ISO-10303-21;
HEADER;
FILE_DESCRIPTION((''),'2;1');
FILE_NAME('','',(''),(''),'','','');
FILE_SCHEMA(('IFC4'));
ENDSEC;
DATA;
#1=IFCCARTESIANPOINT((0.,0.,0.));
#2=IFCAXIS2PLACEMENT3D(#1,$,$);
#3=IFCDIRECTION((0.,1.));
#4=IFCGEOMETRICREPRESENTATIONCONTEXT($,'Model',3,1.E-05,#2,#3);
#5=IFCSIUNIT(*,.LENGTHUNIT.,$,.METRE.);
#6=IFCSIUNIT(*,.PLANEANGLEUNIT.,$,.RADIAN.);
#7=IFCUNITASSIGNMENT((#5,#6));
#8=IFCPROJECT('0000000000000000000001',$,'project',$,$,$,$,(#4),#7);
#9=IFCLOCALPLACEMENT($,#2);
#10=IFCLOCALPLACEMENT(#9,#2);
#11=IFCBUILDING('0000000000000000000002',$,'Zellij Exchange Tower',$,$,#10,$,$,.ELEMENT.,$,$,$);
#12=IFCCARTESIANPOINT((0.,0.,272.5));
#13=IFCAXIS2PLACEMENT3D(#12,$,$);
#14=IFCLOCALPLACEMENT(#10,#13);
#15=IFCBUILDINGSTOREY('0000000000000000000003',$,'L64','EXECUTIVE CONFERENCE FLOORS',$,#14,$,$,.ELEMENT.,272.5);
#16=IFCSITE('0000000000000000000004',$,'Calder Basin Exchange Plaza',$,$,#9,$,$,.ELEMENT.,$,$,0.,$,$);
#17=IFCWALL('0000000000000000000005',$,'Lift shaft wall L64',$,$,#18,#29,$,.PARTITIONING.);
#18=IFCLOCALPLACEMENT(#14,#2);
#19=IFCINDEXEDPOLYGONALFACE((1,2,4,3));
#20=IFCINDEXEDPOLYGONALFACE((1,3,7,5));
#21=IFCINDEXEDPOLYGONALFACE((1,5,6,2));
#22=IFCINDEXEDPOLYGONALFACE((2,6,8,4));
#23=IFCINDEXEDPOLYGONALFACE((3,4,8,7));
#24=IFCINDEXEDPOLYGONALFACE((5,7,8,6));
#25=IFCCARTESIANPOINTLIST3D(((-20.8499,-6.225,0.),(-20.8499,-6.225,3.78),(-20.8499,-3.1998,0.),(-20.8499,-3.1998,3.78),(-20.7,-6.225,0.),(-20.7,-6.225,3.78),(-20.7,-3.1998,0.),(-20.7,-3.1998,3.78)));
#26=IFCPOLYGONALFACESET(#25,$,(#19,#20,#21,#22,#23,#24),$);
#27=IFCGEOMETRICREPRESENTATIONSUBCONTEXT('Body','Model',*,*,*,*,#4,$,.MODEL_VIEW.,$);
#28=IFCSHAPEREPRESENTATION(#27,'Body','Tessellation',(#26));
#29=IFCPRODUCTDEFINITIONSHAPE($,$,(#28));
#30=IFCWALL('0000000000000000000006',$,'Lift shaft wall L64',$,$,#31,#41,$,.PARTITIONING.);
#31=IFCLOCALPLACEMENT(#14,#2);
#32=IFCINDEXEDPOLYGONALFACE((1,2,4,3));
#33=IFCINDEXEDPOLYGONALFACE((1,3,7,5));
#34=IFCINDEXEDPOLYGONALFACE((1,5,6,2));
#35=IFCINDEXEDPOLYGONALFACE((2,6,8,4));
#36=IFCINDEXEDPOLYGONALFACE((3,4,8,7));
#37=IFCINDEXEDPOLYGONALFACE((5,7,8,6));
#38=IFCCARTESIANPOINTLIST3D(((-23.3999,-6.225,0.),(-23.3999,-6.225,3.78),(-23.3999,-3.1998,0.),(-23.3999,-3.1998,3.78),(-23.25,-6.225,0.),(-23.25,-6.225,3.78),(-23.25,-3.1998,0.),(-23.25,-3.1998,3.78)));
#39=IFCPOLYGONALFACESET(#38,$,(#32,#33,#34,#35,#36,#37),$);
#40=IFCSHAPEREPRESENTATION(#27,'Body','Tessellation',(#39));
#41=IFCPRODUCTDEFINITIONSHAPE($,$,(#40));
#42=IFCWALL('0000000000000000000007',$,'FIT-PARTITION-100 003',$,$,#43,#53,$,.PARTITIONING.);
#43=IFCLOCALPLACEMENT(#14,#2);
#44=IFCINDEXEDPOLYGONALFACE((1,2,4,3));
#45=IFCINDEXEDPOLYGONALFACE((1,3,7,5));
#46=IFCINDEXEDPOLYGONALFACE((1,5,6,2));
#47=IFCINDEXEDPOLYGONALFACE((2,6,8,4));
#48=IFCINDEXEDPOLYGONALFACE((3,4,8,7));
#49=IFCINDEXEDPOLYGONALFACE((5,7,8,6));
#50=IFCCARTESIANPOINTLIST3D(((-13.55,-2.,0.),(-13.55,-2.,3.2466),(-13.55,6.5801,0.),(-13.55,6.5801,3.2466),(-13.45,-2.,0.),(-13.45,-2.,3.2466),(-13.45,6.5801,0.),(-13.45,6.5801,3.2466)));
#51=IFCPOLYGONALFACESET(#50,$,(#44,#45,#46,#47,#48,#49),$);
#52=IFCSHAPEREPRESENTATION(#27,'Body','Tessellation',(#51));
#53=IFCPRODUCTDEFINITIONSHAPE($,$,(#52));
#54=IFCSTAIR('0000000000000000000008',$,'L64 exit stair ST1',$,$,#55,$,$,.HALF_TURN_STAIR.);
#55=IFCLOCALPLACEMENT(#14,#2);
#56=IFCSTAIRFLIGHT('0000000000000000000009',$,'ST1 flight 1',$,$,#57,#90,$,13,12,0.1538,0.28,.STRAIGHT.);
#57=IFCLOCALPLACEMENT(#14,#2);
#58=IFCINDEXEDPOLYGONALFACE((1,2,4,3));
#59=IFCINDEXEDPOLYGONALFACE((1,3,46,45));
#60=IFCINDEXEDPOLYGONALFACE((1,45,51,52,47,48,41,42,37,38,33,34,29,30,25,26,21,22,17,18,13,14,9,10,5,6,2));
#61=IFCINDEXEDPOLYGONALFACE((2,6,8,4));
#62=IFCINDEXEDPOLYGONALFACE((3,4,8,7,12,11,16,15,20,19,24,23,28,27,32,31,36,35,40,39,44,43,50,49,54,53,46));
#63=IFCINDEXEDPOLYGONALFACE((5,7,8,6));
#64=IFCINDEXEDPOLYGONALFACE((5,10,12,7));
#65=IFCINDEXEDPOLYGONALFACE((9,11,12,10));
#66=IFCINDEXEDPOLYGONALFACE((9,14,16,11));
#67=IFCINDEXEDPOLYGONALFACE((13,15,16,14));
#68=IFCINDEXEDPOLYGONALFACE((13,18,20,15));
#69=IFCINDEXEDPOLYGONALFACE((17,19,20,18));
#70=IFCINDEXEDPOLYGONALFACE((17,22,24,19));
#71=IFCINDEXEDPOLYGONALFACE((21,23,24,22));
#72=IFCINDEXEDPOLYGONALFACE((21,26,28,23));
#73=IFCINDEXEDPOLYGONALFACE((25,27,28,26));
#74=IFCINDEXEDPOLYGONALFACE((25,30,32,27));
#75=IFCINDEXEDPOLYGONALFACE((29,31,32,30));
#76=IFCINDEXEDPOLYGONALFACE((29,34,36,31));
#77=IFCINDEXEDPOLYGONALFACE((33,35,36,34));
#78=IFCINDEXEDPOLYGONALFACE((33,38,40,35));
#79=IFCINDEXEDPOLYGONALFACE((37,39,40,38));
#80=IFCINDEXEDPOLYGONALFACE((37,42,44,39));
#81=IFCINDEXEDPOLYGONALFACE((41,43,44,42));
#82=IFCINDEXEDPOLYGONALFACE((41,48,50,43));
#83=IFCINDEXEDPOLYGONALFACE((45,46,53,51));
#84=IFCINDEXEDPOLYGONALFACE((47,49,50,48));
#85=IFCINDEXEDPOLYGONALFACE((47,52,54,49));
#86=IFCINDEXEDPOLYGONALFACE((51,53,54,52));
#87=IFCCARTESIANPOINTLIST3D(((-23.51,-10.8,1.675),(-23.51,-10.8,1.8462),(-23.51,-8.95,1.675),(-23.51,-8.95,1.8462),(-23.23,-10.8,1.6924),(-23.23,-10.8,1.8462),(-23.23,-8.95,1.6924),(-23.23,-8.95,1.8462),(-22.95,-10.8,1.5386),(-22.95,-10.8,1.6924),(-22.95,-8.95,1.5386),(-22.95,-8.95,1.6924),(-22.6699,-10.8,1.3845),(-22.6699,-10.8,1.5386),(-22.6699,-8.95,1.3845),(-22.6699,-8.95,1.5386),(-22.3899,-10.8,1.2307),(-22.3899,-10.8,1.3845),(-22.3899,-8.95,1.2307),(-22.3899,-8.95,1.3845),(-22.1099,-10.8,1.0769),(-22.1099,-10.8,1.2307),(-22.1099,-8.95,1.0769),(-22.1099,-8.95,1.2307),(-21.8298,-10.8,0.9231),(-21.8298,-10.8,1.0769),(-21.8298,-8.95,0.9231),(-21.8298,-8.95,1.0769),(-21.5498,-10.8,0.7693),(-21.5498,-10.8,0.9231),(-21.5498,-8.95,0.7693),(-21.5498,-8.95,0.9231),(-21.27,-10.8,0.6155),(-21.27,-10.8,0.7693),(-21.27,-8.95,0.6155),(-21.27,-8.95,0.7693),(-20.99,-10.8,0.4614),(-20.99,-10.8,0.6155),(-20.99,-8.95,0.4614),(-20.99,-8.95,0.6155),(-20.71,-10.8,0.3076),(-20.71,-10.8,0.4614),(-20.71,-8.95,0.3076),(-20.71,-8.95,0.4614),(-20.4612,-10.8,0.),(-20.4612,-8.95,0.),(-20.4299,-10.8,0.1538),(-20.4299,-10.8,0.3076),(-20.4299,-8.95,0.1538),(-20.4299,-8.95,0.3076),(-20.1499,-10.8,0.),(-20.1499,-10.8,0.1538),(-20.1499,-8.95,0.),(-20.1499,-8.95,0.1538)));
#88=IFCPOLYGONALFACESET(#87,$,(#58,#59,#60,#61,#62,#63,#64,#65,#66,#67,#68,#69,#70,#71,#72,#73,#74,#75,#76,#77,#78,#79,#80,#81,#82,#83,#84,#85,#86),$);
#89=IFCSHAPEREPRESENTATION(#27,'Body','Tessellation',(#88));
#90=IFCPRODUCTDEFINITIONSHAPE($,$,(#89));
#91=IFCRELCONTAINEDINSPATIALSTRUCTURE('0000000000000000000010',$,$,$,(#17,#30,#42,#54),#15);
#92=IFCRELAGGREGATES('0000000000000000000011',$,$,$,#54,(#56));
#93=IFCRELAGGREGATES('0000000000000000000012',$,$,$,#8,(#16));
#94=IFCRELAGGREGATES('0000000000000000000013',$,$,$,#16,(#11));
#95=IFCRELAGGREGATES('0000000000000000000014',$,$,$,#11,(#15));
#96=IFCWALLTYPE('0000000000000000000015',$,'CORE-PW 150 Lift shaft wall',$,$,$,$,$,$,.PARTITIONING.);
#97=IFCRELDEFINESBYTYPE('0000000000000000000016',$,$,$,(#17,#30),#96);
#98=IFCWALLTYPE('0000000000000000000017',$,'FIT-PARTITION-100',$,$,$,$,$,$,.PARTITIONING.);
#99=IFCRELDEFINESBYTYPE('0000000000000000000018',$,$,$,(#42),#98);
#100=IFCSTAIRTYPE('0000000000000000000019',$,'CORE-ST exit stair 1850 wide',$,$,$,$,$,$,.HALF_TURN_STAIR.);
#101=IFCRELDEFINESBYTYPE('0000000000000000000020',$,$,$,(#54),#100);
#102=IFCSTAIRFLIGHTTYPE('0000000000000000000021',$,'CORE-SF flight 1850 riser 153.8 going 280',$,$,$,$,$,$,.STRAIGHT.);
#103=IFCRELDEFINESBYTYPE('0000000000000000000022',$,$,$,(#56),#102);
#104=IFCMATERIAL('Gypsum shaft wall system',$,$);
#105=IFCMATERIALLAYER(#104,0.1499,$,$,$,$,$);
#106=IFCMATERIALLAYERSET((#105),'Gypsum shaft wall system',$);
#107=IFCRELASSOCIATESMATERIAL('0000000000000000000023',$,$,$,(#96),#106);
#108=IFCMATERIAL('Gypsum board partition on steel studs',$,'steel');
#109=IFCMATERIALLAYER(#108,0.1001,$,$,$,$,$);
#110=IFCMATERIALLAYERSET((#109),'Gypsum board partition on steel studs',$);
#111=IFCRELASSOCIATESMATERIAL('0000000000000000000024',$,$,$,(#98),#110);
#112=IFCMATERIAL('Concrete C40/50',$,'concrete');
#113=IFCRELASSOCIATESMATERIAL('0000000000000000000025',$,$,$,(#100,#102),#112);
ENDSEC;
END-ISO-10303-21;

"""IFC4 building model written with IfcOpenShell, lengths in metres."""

from ifc_helpers import new_model, si_unit, direction, frame, frame_2d, origin, place, context, subcontext, project, spatial, polyline, rectangle, outline, extrude, material, layer, layer_set, type_object, element, aggregate, save


model = new_model("IFC4")

# Units and contexts
model_context = context("Model", 3, precision=1e-05, world=origin(), true_north=direction((0.0, 1.0)))
body_context = subcontext(model_context, "Body", "Model", "MODEL_VIEW")
ifc_project = project(units=[si_unit("LENGTHUNIT", "METRE"), si_unit("PLANEANGLEUNIT", "RADIAN")], contexts=[model_context])

# Site, building, storey
site_placement = place(None, origin())
site = spatial("IfcSite", under=ifc_project, at=site_placement, Name="Calder Basin Exchange Plaza", CompositionType="ELEMENT", RefElevation=0.0)
building_placement = place(site_placement, origin())
building = spatial("IfcBuilding", under=site, at=building_placement, Name="Zellij Exchange Tower", CompositionType="ELEMENT")
storey_placement = place(building_placement, frame((0.0, 0.0, 272.5)))
storey = spatial("IfcBuildingStorey", under=building, at=storey_placement, Name="L64", Description="EXECUTIVE CONFERENCE FLOORS", CompositionType="ELEMENT", Elevation=272.5)

# Walls
ifc_material_1 = material(Name="Gypsum shaft wall system")
ifc_layer_1 = layer(ifc_material_1, 0.1499)
ifc_layer_set_1 = layer_set([ifc_layer_1], Name="Gypsum shaft wall system")
wall_type_1 = type_object("IfcWallType", Name="CORE-PW 150 Lift shaft wall", PredefinedType="PARTITIONING", material=ifc_layer_set_1)
for number, where, z_axis, x_axis, name in (
    (1, (-20.7749, -6.2251, 0.0), (0.0, 0.0, 1.0), (0.0, 1.0, 0.0), "Lift shaft wall L64"),
    (2, (-23.325, -6.2251, 0.0), (0.0, 0.0, 1.0), (0.0, 1.0, 0.0), "Lift shaft wall L64"),
):
    element("IfcWall", number, at=place(storey_placement, frame(where, z_axis=z_axis, x_axis=x_axis)), inside=storey, type_object=wall_type_1, Name=name, PredefinedType="PARTITIONING", context=body_context, shape_type="SweptSolid", body=[
        extrude(rectangle(XDim=3.0251, YDim=0.1499, at=frame_2d((1.5127, 0.0))), origin(), (0.0, 0.0, 1.0), 3.78),
    ])
ifc_material_2 = material(Name="Gypsum board partition on steel studs", Category="steel")
ifc_layer_2 = layer(ifc_material_2, 0.1001)
ifc_layer_set_2 = layer_set([ifc_layer_2], Name="Gypsum board partition on steel studs")
wall_type_2 = type_object("IfcWallType", Name="FIT-PARTITION-100", PredefinedType="PARTITIONING", material=ifc_layer_set_2)
wall_1_placement = place(storey_placement, frame((-13.5, -2.0, 0.0), z_axis=(0.0, 0.0, 1.0), x_axis=(0.0, 1.0, 0.0)))
element("IfcWall", 3, at=wall_1_placement, inside=storey, type_object=wall_type_2, Name="FIT-PARTITION-100 003", PredefinedType="PARTITIONING", context=body_context, shape_type="SweptSolid", body=[
    extrude(rectangle(XDim=8.5801, YDim=0.1001, at=frame_2d((4.29, 0.0))), origin(), (0.0, 0.0, 1.0), 3.2466),
])

# Stair, stair flight
ifc_material_3 = material(Name="Concrete C40/50", Category="concrete")
stair_type = type_object("IfcStairType", Name="CORE-ST exit stair 1850 wide", PredefinedType="HALF_TURN_STAIR", material=ifc_material_3)
stair_placement = place(storey_placement, origin())
stair = element("IfcStair", 4, at=stair_placement, inside=storey, type_object=stair_type, Name="L64 exit stair ST1", PredefinedType="HALF_TURN_STAIR")
stair_flight_type = type_object("IfcStairFlightType", Name="CORE-SF flight 1850 riser 153.8 going 280", PredefinedType="STRAIGHT", material=ifc_material_3)
stair_flight_placement = place(storey_placement, frame((-20.1499, -9.875, 0.0), z_axis=(0.0, 0.0, 1.0), x_axis=(-1.0, 0.0, 0.0)))
stair_flight = element("IfcStairFlight", 5, at=stair_flight_placement, type_object=stair_flight_type, Name="ST1 flight 1", NumberOfRisers=13, NumberOfTreads=12, PredefinedType="STRAIGHT", RiserHeight=0.1538, TreadLength=0.28, context=body_context, shape_type="SweptSolid", body=[
    extrude(outline(polyline([(0.0, 0.0), (0.0, 0.1538), (0.28, 0.1538), (0.28, 0.3076), (0.5601, 0.3076), (0.5601, 0.4614), (0.8401, 0.4614), (0.8401, 0.6155), (1.1201, 0.6155), (1.1201, 0.7693), (1.3999, 0.7693), (1.3999, 0.9231), (1.6799, 0.9231), (1.6799, 1.0769), (1.96, 1.0769), (1.96, 1.2307), (2.24, 1.2307), (2.24, 1.3845), (2.52, 1.3845), (2.52, 1.5386), (2.8, 1.5386), (2.8, 1.6924), (3.0801, 1.6924), (3.0801, 1.8462), (3.3601, 1.8462), (3.3601, 2.0), (3.3601, 1.675), (0.3113, 0.0), (0.0, 0.0)])), frame((0.0, 0.925, 0.0), z_axis=(0.0, -1.0, 0.0), x_axis=(1.0, 0.0, 0.0)), (0.0, 0.0, 1.0), 1.8501),
])
aggregate(stair, [stair_flight])

save(model, "model.ifc")
